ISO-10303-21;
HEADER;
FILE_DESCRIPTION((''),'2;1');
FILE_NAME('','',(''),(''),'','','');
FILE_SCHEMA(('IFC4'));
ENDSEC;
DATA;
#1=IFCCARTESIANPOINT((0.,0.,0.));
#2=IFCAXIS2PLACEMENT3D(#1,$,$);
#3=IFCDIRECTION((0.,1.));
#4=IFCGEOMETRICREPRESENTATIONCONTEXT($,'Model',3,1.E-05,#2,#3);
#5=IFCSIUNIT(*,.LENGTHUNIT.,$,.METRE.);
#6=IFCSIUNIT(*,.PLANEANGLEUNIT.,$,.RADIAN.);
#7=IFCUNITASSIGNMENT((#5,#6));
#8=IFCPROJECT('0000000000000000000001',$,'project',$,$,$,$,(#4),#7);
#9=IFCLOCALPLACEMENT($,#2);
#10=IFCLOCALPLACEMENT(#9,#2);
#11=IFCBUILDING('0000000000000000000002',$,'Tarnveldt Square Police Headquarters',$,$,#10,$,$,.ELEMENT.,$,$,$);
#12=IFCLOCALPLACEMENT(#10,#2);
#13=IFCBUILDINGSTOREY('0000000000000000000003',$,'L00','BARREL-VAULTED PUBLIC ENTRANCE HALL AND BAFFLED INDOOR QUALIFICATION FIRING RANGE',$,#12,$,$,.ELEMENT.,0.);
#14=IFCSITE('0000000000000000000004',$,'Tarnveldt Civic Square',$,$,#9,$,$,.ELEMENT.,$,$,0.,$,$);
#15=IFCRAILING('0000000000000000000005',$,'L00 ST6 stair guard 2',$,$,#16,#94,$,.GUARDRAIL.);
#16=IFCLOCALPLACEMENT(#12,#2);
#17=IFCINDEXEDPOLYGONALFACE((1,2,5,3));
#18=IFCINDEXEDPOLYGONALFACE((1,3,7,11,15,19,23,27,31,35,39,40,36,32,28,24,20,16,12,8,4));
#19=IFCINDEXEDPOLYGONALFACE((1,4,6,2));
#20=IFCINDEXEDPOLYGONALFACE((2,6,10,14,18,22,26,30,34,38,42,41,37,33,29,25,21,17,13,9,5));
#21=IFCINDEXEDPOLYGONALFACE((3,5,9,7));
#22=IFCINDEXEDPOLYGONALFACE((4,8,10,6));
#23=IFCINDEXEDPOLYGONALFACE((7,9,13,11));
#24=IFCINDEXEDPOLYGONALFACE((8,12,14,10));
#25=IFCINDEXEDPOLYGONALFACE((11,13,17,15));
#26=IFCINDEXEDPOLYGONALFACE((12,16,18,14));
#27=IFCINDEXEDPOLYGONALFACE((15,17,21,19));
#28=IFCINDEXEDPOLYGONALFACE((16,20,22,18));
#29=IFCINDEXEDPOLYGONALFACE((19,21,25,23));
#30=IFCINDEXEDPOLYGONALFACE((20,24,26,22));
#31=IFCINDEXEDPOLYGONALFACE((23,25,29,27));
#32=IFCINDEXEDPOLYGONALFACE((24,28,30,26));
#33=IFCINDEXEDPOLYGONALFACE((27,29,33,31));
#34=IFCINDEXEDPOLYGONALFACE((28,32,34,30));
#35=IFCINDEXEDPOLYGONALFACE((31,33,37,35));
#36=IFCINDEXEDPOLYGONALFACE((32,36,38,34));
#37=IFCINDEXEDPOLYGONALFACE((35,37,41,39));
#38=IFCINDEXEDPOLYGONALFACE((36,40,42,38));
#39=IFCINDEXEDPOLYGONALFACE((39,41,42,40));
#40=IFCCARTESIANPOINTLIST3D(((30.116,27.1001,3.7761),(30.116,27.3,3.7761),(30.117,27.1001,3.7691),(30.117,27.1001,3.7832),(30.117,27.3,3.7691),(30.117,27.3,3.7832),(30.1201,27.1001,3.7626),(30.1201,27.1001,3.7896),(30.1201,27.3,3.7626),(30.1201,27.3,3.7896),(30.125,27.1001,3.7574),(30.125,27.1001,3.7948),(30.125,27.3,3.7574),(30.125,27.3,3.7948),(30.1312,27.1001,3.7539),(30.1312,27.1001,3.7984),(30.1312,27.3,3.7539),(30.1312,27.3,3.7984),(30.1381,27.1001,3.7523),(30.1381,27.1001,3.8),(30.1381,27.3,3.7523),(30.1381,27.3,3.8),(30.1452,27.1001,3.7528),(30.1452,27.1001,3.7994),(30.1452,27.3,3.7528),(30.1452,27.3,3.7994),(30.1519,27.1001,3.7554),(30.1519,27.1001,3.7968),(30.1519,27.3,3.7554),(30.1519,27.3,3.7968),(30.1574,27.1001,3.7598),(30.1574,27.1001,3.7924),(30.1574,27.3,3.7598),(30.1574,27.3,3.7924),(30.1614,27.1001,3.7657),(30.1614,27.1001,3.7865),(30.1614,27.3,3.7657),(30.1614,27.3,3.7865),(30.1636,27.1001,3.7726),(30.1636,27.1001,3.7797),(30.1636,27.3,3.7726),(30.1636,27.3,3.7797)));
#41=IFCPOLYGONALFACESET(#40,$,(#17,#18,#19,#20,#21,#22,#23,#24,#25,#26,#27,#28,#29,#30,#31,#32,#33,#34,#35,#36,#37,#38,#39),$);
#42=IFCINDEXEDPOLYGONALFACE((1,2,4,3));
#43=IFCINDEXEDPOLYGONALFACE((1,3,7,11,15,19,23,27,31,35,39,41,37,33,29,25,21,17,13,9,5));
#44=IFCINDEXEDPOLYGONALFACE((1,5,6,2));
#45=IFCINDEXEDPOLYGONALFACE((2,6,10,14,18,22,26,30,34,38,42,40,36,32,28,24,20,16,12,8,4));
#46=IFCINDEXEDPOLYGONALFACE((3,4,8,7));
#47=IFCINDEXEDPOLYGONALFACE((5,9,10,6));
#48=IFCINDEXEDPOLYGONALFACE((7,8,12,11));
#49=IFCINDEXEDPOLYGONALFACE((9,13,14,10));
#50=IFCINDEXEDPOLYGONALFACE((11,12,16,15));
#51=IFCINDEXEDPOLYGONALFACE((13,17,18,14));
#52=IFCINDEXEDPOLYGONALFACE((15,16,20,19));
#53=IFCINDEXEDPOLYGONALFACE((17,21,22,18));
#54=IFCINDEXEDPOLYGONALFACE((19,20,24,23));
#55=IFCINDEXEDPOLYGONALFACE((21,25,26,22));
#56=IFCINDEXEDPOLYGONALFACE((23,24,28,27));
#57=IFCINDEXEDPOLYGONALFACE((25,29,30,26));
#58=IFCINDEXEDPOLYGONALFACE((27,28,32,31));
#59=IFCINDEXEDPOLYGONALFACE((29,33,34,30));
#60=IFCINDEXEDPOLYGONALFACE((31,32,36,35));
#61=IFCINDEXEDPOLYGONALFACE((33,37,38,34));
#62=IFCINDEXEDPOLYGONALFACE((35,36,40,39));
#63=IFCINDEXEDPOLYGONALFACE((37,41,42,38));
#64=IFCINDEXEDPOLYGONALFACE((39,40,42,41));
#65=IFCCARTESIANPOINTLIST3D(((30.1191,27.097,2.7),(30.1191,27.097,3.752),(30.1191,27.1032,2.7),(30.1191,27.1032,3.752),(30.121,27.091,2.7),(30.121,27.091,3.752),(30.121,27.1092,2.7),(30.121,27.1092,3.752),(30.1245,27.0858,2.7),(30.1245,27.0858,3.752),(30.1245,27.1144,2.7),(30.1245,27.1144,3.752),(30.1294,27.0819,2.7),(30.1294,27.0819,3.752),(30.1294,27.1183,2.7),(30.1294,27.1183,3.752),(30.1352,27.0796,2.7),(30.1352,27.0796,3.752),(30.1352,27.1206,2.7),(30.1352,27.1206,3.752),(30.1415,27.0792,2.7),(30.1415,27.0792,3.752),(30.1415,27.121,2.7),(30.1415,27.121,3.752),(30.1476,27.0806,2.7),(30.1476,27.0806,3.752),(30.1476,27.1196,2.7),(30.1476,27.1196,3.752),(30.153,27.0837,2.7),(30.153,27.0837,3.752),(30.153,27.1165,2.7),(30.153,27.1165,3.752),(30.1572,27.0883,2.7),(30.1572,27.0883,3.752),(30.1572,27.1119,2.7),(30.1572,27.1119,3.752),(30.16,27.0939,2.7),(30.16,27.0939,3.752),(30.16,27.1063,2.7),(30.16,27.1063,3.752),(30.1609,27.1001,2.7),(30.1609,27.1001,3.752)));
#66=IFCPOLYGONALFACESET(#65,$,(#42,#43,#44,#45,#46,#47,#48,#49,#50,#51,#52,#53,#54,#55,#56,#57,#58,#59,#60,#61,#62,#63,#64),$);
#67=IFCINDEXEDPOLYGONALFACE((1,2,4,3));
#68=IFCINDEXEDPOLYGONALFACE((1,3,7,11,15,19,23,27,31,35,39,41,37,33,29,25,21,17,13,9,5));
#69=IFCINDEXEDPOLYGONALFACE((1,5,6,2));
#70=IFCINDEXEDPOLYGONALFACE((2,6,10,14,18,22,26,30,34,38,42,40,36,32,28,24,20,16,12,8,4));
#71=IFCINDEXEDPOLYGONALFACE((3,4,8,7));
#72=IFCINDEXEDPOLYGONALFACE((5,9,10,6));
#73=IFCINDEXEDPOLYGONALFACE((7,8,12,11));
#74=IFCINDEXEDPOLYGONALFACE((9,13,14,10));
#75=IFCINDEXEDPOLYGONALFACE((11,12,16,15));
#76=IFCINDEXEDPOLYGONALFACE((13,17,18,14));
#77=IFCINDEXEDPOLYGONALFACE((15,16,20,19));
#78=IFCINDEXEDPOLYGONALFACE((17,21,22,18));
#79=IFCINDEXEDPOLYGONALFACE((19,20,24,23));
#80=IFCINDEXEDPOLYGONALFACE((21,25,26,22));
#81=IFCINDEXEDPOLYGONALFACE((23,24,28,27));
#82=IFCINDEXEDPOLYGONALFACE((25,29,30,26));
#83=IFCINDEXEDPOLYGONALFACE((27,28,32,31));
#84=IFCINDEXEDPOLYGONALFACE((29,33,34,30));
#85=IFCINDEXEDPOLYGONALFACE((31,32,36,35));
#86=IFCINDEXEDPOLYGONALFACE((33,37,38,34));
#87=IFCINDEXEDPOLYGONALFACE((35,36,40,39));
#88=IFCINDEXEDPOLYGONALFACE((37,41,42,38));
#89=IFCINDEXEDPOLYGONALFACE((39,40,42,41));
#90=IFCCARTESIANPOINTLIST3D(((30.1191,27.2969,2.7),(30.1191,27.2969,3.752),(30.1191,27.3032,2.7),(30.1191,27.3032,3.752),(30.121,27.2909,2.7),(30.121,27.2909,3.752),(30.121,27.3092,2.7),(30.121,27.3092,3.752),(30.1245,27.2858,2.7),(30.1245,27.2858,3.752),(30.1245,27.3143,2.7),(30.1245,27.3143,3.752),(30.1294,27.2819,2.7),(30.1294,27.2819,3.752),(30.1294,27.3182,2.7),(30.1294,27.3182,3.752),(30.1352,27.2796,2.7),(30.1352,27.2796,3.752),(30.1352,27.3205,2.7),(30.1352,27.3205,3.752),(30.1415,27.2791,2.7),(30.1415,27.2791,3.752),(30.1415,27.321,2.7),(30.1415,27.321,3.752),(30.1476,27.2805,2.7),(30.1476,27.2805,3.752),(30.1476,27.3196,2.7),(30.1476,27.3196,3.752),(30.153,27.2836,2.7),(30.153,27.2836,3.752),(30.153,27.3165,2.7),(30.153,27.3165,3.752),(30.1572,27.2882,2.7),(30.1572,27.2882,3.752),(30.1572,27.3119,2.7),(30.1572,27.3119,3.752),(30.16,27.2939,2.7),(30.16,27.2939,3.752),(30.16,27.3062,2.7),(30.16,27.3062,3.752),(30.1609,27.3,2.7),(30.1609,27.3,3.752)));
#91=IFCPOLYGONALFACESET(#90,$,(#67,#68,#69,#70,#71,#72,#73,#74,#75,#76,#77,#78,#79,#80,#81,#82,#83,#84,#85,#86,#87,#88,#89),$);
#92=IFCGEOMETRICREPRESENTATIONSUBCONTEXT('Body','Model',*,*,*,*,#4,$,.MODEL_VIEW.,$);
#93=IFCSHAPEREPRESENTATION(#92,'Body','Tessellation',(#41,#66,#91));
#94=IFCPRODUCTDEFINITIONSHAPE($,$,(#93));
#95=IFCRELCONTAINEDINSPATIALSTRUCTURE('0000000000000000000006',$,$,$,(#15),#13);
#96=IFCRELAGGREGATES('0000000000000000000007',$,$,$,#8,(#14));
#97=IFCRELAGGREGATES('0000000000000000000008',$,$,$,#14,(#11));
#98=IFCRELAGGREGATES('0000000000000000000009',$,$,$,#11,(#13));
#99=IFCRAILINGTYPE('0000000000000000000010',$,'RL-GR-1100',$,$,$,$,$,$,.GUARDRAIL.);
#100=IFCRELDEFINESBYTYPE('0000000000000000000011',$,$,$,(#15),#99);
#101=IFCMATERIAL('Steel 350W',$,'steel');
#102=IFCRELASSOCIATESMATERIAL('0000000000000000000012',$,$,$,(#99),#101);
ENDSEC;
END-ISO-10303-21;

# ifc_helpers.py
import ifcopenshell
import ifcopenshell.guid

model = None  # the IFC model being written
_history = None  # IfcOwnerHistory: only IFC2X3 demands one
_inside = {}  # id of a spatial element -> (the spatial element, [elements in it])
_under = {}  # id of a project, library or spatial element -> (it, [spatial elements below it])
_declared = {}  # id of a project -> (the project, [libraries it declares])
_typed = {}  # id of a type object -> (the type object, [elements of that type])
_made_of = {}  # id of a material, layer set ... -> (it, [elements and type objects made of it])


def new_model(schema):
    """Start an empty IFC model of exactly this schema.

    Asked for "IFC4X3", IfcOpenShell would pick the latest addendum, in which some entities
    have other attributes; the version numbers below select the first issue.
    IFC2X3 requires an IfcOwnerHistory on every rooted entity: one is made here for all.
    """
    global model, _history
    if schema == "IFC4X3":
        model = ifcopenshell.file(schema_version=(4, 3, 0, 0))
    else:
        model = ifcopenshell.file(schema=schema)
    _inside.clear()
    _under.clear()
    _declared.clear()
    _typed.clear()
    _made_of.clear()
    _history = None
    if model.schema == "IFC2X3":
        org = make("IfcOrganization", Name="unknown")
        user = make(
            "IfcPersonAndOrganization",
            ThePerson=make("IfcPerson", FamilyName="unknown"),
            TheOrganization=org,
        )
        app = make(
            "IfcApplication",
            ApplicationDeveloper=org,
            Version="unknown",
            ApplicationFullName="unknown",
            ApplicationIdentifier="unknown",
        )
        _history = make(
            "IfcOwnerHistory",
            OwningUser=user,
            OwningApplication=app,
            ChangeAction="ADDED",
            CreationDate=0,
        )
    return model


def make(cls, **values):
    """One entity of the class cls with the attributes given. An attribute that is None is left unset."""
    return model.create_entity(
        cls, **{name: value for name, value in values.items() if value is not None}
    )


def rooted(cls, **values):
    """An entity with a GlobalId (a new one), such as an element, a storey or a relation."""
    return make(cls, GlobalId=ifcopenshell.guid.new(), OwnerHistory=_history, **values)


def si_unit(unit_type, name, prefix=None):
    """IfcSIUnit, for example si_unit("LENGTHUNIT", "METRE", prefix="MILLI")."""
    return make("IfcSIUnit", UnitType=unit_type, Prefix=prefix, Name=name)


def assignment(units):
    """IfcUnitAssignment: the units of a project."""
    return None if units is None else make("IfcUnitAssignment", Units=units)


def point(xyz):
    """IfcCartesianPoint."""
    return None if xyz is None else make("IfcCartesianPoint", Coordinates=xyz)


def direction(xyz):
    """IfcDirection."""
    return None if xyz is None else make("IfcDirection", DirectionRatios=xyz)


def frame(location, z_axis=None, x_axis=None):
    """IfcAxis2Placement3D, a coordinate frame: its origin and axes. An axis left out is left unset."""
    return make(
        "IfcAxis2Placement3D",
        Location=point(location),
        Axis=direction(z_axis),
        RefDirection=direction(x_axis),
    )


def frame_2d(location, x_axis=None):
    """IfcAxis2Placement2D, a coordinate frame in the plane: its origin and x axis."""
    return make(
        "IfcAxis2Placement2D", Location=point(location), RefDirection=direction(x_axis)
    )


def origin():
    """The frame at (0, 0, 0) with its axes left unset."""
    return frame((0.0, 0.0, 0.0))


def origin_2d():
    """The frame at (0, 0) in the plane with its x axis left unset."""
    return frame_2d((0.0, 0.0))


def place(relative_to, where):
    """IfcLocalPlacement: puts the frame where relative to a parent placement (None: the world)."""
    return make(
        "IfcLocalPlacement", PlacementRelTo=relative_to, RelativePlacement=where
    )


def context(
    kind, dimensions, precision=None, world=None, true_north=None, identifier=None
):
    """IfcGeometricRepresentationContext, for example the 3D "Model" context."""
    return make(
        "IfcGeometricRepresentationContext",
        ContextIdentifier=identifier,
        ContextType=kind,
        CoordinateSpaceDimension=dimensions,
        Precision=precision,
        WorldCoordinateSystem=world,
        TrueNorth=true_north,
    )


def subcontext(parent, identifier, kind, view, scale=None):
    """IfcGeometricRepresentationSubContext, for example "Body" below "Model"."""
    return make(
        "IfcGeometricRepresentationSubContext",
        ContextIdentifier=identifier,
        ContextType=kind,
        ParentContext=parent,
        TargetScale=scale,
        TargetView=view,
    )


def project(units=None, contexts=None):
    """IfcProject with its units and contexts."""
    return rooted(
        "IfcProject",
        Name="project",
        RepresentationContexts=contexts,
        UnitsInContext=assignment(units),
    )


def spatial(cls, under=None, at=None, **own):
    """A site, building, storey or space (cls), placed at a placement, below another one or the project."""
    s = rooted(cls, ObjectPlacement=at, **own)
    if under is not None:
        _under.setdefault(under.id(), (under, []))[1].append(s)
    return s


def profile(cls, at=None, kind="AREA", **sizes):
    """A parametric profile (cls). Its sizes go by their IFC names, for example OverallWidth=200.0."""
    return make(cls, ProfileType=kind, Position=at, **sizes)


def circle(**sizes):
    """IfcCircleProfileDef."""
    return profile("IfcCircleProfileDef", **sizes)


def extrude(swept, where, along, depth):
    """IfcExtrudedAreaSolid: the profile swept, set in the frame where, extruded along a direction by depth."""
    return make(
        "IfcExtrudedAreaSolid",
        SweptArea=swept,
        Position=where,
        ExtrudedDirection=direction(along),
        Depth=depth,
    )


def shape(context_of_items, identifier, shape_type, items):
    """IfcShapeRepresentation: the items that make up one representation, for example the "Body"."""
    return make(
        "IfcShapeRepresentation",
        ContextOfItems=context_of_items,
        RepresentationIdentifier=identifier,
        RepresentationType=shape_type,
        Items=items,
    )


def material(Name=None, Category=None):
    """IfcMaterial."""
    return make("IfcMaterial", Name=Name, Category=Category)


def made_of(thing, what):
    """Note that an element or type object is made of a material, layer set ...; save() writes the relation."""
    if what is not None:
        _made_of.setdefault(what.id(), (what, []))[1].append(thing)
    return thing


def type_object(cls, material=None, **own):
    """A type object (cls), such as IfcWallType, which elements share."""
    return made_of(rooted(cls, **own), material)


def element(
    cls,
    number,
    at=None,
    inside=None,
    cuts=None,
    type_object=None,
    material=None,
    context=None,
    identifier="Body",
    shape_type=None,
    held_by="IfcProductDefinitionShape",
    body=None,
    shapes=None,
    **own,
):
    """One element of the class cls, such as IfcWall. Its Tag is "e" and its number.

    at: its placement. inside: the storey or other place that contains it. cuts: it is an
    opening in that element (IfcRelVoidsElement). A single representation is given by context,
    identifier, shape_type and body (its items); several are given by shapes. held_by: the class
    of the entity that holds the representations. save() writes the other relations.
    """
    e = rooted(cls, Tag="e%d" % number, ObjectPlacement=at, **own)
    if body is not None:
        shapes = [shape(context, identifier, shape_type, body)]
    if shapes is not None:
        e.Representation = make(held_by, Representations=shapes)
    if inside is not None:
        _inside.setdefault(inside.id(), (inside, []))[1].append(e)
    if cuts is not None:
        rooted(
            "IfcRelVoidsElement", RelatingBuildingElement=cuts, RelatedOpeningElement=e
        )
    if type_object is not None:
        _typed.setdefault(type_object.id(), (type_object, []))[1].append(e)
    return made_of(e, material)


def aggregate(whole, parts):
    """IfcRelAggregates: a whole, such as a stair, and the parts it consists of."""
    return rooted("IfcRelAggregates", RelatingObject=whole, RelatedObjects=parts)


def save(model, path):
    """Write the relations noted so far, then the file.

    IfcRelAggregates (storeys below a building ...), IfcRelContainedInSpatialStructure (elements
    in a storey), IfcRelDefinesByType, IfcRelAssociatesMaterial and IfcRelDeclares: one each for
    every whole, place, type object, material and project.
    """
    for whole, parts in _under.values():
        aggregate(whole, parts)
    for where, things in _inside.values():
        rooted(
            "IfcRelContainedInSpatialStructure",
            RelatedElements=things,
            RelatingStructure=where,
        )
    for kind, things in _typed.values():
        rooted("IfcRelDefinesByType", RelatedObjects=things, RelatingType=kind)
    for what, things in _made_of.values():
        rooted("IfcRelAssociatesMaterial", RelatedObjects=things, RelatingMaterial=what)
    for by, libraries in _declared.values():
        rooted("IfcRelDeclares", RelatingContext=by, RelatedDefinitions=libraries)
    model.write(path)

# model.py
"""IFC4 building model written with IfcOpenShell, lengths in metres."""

from ifc_helpers import new_model, si_unit, direction, frame, origin, origin_2d, place, context, subcontext, project, spatial, circle, extrude, material, type_object, element, save


model = new_model("IFC4")

# Units and contexts
model_context = context("Model", 3, precision=1e-05, world=origin(), true_north=direction((0.0, 1.0)))
body_context = subcontext(model_context, "Body", "Model", "MODEL_VIEW")
ifc_project = project(units=[si_unit("LENGTHUNIT", "METRE"), si_unit("PLANEANGLEUNIT", "RADIAN")], contexts=[model_context])

# Site, building, storey
site_placement = place(None, origin())
site = spatial("IfcSite", under=ifc_project, at=site_placement, Name="Tarnveldt Civic Square", CompositionType="ELEMENT", RefElevation=0.0)
building_placement = place(site_placement, origin())
building = spatial("IfcBuilding", under=site, at=building_placement, Name="Tarnveldt Square Police Headquarters", CompositionType="ELEMENT")
storey_placement = place(building_placement, origin())
storey = spatial("IfcBuildingStorey", under=building, at=storey_placement, Name="L00", Description="BARREL-VAULTED PUBLIC ENTRANCE HALL AND BAFFLED INDOOR QUALIFICATION FIRING RANGE", CompositionType="ELEMENT", Elevation=0.0)

# Shared definitions
ifc_material_1 = material(Name="Steel 350W", Category="steel")

# Railing
railing_type_1 = type_object("IfcRailingType", Name="RL-GR-1100", PredefinedType="GUARDRAIL", material=ifc_material_1)
railing_1_placement = place(storey_placement, frame((30.1399, 27.1001, 2.7)))
element("IfcRailing", 1, at=railing_1_placement, inside=storey, type_object=railing_type_1, Name="L00 ST6 stair guard 2", PredefinedType="GUARDRAIL", context=body_context, shape_type="SweptSolid", body=[
    extrude(circle(Radius=0.0239, at=origin_2d()), frame((0.0, 0.0, 1.0762), z_axis=(0.0, 1.0, 0.0), x_axis=(-1.0, 0.0, 0.0)), (0.0, 0.0, 1.0), 0.2),
    extrude(circle(Radius=0.021, at=origin_2d()), origin(), (0.0, 0.0, 1.0), 1.052),
    extrude(circle(Radius=0.021, at=origin_2d()), frame((0.0, 0.2, 0.0)), (0.0, 0.0, 1.0), 1.052),
])

save(model, "model.ifc")
